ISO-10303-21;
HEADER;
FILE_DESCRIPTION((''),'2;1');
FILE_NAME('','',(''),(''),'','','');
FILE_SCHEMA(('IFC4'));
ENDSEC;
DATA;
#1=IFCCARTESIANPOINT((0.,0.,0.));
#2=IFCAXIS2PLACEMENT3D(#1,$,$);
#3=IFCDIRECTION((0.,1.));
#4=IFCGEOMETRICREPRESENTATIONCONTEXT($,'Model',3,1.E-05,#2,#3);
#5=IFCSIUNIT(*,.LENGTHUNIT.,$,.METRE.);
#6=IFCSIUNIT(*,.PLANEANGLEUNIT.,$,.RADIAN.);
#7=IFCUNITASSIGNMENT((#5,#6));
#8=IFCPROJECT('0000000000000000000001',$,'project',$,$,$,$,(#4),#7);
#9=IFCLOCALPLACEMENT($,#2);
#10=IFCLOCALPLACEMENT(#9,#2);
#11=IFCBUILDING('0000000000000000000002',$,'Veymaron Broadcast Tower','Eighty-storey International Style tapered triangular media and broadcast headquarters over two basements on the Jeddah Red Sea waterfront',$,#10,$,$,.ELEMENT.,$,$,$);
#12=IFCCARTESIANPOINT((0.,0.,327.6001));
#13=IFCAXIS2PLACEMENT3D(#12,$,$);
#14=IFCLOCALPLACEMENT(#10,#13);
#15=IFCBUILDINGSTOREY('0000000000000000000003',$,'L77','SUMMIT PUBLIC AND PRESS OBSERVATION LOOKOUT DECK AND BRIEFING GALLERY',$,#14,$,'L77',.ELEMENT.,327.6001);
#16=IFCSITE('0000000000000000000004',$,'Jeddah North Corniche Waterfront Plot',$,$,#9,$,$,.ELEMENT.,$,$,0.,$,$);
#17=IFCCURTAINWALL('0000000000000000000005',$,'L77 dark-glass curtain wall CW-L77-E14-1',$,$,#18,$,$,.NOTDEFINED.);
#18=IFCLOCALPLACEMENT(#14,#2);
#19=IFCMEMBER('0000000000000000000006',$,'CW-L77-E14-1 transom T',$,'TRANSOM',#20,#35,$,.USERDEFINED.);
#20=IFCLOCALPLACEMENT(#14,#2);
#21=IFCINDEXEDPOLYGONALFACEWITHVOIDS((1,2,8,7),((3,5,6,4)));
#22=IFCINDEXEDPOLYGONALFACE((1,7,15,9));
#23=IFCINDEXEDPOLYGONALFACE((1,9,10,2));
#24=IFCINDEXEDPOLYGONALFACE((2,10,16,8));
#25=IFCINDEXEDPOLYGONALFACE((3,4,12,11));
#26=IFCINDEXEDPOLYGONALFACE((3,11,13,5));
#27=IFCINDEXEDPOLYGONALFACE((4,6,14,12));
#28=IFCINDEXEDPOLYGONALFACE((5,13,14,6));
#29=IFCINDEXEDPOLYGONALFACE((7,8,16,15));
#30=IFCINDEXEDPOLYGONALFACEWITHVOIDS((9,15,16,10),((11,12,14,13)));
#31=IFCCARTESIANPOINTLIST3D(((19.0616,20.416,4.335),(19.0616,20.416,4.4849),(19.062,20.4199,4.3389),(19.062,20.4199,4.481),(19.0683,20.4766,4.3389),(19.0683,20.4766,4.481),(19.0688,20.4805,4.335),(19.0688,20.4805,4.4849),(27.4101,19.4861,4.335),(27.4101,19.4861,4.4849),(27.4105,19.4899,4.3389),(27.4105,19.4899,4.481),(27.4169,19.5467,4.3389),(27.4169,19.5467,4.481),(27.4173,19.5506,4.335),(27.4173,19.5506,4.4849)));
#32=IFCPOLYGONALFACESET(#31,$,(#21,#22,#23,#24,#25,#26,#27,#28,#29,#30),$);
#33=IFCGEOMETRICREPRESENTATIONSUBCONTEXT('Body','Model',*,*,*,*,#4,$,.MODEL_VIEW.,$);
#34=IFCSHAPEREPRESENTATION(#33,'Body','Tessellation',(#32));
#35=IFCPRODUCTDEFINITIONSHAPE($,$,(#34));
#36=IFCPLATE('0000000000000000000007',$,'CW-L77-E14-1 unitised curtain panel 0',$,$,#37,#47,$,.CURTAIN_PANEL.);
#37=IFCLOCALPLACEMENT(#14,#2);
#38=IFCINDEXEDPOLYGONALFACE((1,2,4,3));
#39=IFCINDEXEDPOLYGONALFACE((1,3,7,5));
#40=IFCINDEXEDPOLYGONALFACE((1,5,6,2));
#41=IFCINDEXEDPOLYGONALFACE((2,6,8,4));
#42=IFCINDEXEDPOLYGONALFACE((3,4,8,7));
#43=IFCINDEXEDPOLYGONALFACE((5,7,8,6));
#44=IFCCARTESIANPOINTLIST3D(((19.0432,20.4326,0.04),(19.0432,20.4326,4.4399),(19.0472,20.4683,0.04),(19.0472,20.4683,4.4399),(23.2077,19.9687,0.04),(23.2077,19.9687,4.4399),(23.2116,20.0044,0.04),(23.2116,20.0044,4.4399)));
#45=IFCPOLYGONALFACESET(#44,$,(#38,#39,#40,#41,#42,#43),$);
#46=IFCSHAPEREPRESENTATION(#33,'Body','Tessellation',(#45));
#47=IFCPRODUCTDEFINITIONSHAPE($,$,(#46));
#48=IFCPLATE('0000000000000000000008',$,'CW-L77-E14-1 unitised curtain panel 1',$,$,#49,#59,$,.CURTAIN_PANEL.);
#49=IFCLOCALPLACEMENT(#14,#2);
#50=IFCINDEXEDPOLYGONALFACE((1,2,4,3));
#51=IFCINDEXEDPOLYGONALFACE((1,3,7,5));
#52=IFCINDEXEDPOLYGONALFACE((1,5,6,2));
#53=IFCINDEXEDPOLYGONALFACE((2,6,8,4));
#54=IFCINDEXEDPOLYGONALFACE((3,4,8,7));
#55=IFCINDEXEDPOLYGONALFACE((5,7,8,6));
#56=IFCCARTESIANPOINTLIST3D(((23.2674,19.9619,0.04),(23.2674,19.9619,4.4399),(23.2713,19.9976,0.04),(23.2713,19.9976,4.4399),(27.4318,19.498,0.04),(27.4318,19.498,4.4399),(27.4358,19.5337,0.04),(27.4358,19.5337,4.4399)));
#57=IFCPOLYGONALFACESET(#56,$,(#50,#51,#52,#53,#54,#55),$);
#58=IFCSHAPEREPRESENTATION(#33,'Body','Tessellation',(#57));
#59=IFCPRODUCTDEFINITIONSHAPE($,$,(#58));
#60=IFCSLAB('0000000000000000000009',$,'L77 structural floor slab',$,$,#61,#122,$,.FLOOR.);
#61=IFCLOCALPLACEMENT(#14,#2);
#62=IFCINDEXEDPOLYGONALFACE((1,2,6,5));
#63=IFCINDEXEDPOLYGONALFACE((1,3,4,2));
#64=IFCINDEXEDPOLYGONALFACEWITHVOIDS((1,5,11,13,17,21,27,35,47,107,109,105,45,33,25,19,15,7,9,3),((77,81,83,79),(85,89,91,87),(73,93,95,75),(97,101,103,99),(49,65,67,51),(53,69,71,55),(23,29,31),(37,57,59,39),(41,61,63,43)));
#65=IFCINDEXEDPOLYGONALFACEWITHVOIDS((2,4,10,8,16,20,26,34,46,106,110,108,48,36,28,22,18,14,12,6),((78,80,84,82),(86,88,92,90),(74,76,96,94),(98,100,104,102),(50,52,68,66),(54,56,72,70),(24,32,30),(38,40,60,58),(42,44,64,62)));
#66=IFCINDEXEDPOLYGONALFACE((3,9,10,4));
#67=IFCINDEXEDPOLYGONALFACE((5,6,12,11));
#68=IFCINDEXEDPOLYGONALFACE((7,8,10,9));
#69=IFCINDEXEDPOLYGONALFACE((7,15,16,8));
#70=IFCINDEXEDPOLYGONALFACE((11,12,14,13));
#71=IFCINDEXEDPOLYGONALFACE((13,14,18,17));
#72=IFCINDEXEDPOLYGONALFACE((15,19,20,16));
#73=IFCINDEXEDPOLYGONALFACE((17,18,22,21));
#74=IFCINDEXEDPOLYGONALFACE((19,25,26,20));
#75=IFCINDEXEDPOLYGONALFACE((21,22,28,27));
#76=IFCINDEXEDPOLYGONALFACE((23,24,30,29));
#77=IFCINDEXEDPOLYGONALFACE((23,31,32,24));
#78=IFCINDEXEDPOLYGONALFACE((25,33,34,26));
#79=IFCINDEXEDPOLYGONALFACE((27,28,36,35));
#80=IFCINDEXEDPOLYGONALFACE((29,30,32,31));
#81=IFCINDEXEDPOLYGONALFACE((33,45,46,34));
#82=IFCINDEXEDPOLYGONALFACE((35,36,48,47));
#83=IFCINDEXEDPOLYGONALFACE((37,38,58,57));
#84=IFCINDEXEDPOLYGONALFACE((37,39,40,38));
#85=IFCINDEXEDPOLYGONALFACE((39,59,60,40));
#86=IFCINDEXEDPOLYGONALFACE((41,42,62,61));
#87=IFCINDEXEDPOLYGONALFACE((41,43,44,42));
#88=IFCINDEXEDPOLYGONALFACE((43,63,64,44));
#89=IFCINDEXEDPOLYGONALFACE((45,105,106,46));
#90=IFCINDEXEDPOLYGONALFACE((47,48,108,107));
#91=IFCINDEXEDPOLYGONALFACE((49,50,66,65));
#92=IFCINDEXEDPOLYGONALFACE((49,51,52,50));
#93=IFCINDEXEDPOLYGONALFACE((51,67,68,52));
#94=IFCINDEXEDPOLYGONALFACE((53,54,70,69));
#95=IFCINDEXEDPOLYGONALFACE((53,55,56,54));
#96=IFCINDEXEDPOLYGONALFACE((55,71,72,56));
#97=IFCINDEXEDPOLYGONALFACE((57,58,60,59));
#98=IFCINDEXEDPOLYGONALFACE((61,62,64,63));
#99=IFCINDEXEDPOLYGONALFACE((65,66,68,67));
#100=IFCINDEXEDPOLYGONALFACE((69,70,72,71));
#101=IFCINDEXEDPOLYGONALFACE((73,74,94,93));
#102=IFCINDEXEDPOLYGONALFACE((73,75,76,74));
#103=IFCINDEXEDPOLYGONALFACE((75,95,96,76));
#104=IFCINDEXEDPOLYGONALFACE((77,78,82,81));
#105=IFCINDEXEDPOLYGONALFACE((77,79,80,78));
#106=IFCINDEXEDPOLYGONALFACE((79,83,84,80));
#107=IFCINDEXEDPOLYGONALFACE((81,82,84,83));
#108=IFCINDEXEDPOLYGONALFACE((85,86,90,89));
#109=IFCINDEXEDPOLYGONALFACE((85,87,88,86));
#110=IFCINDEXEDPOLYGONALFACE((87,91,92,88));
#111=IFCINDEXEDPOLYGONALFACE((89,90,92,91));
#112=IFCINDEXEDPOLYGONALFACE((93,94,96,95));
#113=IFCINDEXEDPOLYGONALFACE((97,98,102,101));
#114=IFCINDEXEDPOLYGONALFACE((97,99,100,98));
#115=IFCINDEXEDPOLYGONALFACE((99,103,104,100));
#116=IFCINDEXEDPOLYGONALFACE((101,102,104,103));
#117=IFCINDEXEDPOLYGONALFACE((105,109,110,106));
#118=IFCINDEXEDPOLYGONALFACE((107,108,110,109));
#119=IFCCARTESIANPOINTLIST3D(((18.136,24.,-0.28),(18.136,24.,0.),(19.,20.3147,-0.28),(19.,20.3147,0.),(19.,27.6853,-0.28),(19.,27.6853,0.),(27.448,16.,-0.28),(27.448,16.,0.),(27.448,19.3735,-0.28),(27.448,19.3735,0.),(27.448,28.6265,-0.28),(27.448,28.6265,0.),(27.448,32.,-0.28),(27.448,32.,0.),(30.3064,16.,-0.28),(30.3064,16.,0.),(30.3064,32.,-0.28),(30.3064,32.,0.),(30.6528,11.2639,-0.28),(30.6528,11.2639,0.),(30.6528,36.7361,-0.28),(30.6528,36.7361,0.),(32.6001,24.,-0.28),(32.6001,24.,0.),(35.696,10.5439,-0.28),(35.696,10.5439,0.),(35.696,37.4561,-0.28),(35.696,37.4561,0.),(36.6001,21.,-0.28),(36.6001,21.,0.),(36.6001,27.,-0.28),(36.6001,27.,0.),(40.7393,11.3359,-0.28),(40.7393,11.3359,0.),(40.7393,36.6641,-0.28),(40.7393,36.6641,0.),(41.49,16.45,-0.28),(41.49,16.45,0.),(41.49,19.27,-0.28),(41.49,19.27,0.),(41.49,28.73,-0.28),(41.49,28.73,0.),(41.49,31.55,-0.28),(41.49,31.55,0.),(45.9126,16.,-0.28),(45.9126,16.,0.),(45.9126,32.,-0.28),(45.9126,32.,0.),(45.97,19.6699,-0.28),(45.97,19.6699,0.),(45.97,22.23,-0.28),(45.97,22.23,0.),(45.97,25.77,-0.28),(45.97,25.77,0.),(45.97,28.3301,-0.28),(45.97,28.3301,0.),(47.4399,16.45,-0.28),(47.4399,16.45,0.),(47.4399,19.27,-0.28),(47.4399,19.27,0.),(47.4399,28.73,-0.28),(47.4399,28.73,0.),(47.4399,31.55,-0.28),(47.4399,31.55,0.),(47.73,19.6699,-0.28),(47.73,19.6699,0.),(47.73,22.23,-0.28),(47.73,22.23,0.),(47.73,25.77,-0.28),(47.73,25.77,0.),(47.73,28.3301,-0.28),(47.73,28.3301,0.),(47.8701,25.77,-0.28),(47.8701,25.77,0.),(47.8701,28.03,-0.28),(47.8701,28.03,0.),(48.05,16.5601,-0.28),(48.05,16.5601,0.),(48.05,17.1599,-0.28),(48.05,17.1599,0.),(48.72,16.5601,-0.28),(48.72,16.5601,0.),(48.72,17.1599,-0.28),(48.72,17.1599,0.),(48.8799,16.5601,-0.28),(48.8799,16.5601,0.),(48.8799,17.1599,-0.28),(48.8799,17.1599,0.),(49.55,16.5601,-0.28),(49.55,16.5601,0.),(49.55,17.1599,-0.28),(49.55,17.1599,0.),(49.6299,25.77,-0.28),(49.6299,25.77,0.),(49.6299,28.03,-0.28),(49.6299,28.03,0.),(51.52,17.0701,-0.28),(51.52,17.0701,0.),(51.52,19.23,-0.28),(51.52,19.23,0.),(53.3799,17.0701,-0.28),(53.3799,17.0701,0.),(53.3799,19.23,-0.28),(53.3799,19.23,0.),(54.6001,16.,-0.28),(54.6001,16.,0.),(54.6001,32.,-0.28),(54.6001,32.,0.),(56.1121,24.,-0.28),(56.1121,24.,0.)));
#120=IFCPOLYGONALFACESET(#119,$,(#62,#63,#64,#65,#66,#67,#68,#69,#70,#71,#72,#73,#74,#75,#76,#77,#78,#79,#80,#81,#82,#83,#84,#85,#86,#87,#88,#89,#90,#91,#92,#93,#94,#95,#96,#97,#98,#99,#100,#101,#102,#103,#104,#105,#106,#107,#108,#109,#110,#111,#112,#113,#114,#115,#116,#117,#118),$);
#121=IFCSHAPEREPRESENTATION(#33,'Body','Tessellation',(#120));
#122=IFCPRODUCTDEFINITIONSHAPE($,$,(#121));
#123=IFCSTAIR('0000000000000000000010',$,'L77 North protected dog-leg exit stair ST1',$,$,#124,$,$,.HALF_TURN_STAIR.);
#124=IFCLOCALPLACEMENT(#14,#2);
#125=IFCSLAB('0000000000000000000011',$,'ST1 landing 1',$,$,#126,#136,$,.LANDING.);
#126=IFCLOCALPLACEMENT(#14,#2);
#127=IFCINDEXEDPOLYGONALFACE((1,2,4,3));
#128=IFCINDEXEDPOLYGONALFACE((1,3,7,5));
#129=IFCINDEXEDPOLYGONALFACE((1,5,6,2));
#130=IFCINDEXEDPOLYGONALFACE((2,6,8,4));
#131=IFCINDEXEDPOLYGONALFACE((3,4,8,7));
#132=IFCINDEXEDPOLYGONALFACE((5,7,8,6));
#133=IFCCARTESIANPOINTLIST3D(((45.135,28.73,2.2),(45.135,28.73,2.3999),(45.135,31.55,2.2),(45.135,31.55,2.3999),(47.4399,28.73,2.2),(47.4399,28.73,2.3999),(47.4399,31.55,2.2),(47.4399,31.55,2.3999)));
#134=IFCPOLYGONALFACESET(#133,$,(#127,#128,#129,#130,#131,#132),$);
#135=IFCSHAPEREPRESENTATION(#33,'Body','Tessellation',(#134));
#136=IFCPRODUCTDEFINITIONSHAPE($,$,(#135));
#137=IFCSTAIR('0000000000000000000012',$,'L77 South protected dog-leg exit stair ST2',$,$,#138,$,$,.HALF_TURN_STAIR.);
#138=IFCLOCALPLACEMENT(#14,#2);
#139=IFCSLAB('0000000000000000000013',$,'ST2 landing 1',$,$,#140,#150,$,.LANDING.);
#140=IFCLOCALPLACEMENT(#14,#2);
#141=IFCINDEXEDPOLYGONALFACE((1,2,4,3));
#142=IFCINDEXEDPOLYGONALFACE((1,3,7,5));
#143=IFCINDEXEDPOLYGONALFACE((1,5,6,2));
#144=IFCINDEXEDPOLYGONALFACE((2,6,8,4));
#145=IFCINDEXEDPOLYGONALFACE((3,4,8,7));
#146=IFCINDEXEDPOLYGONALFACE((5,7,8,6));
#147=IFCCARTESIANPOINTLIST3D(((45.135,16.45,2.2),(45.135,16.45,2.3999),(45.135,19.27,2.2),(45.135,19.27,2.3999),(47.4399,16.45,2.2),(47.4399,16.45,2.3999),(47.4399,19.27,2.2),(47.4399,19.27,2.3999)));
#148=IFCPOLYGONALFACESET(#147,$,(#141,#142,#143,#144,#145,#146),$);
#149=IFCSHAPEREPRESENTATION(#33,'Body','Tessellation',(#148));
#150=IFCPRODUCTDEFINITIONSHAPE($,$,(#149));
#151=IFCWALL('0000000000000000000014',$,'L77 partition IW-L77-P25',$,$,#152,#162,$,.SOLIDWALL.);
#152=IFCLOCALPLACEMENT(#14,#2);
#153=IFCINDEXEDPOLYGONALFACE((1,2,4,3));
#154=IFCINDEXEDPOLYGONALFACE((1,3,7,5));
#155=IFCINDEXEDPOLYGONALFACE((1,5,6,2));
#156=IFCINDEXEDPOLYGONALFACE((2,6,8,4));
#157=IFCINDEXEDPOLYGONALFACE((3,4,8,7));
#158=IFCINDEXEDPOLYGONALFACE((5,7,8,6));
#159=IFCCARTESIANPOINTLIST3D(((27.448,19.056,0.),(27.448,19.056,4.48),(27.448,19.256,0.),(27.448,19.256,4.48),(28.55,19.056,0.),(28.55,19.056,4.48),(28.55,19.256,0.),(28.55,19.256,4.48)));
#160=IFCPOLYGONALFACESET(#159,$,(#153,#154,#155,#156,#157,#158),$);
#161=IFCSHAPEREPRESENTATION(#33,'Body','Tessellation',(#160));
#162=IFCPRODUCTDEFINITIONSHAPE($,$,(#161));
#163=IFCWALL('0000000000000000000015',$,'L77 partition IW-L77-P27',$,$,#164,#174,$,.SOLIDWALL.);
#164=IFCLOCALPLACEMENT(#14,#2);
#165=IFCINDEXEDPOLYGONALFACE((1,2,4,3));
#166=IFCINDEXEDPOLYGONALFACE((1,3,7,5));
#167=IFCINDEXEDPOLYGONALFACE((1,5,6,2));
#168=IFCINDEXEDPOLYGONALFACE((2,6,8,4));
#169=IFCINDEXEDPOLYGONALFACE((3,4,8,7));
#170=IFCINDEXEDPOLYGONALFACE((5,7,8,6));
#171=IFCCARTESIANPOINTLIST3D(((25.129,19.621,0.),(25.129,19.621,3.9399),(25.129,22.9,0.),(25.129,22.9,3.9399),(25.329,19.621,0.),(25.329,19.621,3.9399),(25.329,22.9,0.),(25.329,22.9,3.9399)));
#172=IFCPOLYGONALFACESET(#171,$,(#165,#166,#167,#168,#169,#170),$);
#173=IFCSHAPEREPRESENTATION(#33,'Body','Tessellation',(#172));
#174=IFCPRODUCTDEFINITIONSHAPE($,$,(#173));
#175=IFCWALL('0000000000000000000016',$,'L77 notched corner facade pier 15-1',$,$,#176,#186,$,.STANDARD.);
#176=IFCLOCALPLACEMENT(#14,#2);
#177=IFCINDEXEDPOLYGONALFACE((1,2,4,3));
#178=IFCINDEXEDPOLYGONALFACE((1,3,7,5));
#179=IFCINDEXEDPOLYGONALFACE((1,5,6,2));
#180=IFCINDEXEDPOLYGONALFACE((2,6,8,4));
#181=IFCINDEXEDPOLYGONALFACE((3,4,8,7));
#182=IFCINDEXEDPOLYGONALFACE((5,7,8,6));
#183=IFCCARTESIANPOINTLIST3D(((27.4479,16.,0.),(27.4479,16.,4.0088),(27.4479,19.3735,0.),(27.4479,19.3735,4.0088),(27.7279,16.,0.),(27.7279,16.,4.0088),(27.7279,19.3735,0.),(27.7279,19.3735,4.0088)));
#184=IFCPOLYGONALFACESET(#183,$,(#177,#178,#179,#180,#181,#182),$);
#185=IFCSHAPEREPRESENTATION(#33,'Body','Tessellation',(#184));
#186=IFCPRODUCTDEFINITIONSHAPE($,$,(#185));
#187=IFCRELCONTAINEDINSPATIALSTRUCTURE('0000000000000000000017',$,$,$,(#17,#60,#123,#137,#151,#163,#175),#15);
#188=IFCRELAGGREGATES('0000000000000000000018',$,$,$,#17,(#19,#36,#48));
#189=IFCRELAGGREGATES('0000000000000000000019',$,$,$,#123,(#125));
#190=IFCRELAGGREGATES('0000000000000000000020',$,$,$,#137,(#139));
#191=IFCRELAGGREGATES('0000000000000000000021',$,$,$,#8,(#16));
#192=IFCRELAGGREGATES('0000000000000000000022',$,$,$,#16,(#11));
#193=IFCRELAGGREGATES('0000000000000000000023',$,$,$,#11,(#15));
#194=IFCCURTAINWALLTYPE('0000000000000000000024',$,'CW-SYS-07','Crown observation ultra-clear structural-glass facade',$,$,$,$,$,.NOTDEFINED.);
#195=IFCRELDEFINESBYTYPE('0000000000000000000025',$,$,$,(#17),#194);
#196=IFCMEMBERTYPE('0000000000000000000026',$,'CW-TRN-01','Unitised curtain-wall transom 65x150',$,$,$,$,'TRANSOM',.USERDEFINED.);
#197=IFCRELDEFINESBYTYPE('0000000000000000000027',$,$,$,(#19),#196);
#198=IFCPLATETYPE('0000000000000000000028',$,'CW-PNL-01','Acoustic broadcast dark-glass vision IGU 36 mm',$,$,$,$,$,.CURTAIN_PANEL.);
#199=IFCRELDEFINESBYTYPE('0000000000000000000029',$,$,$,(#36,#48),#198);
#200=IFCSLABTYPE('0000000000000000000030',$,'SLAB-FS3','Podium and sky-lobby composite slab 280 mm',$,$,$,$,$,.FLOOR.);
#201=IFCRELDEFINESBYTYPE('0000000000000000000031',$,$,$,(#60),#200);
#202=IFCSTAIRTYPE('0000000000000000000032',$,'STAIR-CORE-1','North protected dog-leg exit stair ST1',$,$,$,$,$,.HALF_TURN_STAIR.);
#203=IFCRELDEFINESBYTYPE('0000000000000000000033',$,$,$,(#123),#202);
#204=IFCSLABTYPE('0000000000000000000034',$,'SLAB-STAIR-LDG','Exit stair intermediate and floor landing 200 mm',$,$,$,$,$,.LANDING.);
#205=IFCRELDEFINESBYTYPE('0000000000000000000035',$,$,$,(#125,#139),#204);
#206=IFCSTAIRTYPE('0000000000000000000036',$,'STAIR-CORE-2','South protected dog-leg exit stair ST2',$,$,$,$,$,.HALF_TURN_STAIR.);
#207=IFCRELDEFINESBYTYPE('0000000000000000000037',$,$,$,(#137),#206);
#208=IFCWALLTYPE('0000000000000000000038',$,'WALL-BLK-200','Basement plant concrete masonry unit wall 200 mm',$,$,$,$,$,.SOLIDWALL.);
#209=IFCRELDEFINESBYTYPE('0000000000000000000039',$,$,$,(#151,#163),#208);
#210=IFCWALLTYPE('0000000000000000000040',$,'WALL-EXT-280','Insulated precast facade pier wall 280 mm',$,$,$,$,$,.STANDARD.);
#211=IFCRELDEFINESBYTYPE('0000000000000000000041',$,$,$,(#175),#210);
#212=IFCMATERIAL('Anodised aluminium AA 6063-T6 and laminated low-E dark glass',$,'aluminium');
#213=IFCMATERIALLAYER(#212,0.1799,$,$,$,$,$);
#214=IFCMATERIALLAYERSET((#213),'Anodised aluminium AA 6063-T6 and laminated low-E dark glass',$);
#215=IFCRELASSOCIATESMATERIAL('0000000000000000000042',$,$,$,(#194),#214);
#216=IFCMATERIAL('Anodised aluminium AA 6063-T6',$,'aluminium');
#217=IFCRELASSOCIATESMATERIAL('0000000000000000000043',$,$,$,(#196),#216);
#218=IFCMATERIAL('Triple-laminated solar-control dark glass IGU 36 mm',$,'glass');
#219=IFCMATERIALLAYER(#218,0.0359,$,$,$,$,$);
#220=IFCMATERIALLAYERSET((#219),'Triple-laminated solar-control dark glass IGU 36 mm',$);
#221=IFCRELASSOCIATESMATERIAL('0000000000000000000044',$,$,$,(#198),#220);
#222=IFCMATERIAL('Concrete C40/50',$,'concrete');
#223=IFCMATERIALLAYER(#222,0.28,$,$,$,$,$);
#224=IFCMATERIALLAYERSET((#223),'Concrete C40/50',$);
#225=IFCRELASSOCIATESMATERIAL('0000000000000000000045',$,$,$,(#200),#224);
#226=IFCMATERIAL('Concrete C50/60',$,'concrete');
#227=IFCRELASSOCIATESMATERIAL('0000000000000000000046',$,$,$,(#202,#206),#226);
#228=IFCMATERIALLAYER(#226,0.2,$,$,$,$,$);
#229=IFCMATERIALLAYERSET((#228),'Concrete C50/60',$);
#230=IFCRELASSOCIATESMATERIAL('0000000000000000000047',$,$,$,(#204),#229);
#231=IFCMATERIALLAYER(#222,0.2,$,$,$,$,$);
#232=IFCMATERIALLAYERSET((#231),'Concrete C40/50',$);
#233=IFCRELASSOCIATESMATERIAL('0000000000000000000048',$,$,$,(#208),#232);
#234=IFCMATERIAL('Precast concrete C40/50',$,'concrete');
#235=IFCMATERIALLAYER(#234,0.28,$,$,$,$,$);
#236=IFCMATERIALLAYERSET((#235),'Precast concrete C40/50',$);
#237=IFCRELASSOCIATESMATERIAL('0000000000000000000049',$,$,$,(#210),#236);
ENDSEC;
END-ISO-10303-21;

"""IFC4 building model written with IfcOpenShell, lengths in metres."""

from ifc_helpers import new_model, si_unit, direction, frame, frame_2d, origin, origin_2d, place, context, subcontext, project, spatial, polyline, rectangle, hollow_rectangle, outline, extrude, material, layer, layer_set, material_profile, profile_set, type_object, element, aggregate, save


model = new_model("IFC4")

# Units and contexts
model_context = context("Model", 3, precision=1e-05, world=origin(), true_north=direction((0.0, 1.0)))
body_context = subcontext(model_context, "Body", "Model", "MODEL_VIEW")
ifc_project = project(units=[si_unit("LENGTHUNIT", "METRE"), si_unit("PLANEANGLEUNIT", "RADIAN")], contexts=[model_context])

# Site, building, storey
site_placement = place(None, origin())
site = spatial("IfcSite", under=ifc_project, at=site_placement, Name="Jeddah North Corniche Waterfront Plot", CompositionType="ELEMENT", RefElevation=0.0)
building_placement = place(site_placement, origin())
building = spatial("IfcBuilding", under=site, at=building_placement, Name="Veymaron Broadcast Tower", Description="Eighty-storey International Style tapered triangular media and broadcast headquarters over two basements on the Jeddah Red Sea waterfront", CompositionType="ELEMENT")
storey_placement = place(building_placement, frame((0.0, 0.0, 327.6001)))
storey = spatial("IfcBuildingStorey", under=building, at=storey_placement, Name="L77", Description="SUMMIT PUBLIC AND PRESS OBSERVATION LOOKOUT DECK AND BRIEFING GALLERY", LongName="L77", CompositionType="ELEMENT", Elevation=327.6001)

# Curtain wall, member, plates
ifc_material_1 = material(Name="Anodised aluminium AA 6063-T6 and laminated low-E dark glass", Category="aluminium")
ifc_layer_1 = layer(ifc_material_1, 0.1799)
ifc_layer_set_1 = layer_set([ifc_layer_1], Name="Anodised aluminium AA 6063-T6 and laminated low-E dark glass")
curtain_wall_type = type_object("IfcCurtainWallType", Name="CW-SYS-07", Description="Crown observation ultra-clear structural-glass facade", PredefinedType="NOTDEFINED", material=ifc_layer_set_1)
curtain_wall_placement = place(storey_placement, origin())
curtain_wall = element("IfcCurtainWall", 1, at=curtain_wall_placement, inside=storey, type_object=curtain_wall_type, Name="L77 dark-glass curtain wall CW-L77-E14-1", PredefinedType="NOTDEFINED")
ifc_material_2 = material(Name="Anodised aluminium AA 6063-T6", Category="aluminium")
ifc_material_profile_1 = material_profile(ifc_material_2, hollow_rectangle(XDim=0.0649, YDim=0.1499, WallThickness=0.0039, at=origin_2d()), Name="AL150X65X4")
ifc_profile_set_1 = profile_set([ifc_material_profile_1], Name="Anodised aluminium AA 6063-T6")
member_type_1 = type_object("IfcMemberType", Name="CW-TRN-01", Description="Unitised curtain-wall transom 65x150", ElementType="TRANSOM", PredefinedType="USERDEFINED", material=ifc_profile_set_1)
member_1_placement = place(storey_placement, frame((19.0652, 20.4482, 4.4099), z_axis=(0.993854, -0.110703, 0.0), x_axis=(0.110703, 0.993854, 0.0)))
member_1 = element("IfcMember", 2, at=member_1_placement, type_object=member_type_1, Name="CW-L77-E14-1 transom T", ObjectType="TRANSOM", PredefinedType="USERDEFINED", context=body_context, shape_type="SweptSolid", body=[
    extrude(hollow_rectangle(XDim=0.0649, YDim=0.1499, WallThickness=0.0039, at=origin_2d()), origin(), (0.0, 0.0, 1.0), 8.4001),
])
ifc_material_3 = material(Name="Triple-laminated solar-control dark glass IGU 36 mm", Category="glass")
ifc_layer_2 = layer(ifc_material_3, 0.0359)
ifc_layer_set_2 = layer_set([ifc_layer_2], Name="Triple-laminated solar-control dark glass IGU 36 mm")
plate_type = type_object("IfcPlateType", Name="CW-PNL-01", Description="Acoustic broadcast dark-glass vision IGU 36 mm", PredefinedType="CURTAIN_PANEL", material=ifc_layer_set_2)
plate_1_placement = place(storey_placement, frame((21.1274, 20.2185, 0.04), z_axis=(0.0, 0.0, 1.0), x_axis=(0.993853, -0.110706, 0.0)))
plate_1 = element("IfcPlate", 3, at=plate_1_placement, type_object=plate_type, Name="CW-L77-E14-1 unitised curtain panel 0", PredefinedType="CURTAIN_PANEL", context=body_context, shape_type="SweptSolid", body=[
    extrude(rectangle(XDim=4.1902, YDim=0.0359, at=origin_2d()), origin(), (0.0, 0.0, 1.0), 4.3999),
])
plate_2_placement = place(storey_placement, frame((25.3516, 19.7478, 0.04), z_axis=(0.0, 0.0, 1.0), x_axis=(0.993853, -0.110706, 0.0)))
plate_2 = element("IfcPlate", 4, at=plate_2_placement, type_object=plate_type, Name="CW-L77-E14-1 unitised curtain panel 1", PredefinedType="CURTAIN_PANEL", context=body_context, shape_type="SweptSolid", body=[
    extrude(rectangle(XDim=4.1902, YDim=0.0359, at=origin_2d()), origin(), (0.0, 0.0, 1.0), 4.3999),
])
aggregate(curtain_wall, [member_1, plate_1, plate_2])

# Slab
ifc_material_4 = material(Name="Concrete C40/50", Category="concrete")
ifc_layer_3 = layer(ifc_material_4, 0.28)
ifc_layer_set_3 = layer_set([ifc_layer_3], Name="Concrete C40/50")
slab_type_1 = type_object("IfcSlabType", Name="SLAB-FS3", Description="Podium and sky-lobby composite slab 280 mm", PredefinedType="FLOOR", material=ifc_layer_set_3)
slab_1_placement = place(storey_placement, frame((0.0, 0.0, -0.28)))
element("IfcSlab", 5, at=slab_1_placement, inside=storey, type_object=slab_type_1, Name="L77 structural floor slab", PredefinedType="FLOOR", context=body_context, shape_type="SweptSolid", body=[
    extrude(outline(polyline([(45.9126, 16.0), (54.6001, 16.0), (56.1121, 24.0), (54.6001, 32.0), (45.9126, 32.0), (40.7393, 36.6641), (35.696, 37.4561), (30.6528, 36.7361), (30.3064, 32.0), (27.448, 32.0), (27.448, 28.6265), (19.0, 27.6853), (18.136, 24.0), (19.0, 20.3147), (27.448, 19.3735), (27.448, 16.0), (30.3064, 16.0), (30.6528, 11.2639), (35.696, 10.5439), (40.7393, 11.3359), (45.9126, 16.0)]), holes=[polyline([(45.97, 28.3301), (47.73, 28.3301), (47.73, 25.77), (45.97, 25.77), (45.97, 28.3301)]), polyline([(45.97, 22.23), (47.73, 22.23), (47.73, 19.6699), (45.97, 19.6699), (45.97, 22.23)]), polyline([(47.8701, 28.03), (49.6299, 28.03), (49.6299, 25.77), (47.8701, 25.77), (47.8701, 28.03)]), polyline([(51.52, 19.23), (53.3799, 19.23), (53.3799, 17.0701), (51.52, 17.0701), (51.52, 19.23)]), polyline([(48.05, 17.1599), (48.72, 17.1599), (48.72, 16.5601), (48.05, 16.5601), (48.05, 17.1599)]), polyline([(48.8799, 17.1599), (49.55, 17.1599), (49.55, 16.5601), (48.8799, 16.5601), (48.8799, 17.1599)]), polyline([(36.6001, 27.0), (36.6001, 21.0), (32.6001, 24.0), (36.6001, 27.0)]), polyline([(41.49, 31.55), (47.4399, 31.55), (47.4399, 28.73), (41.49, 28.73), (41.49, 31.55)]), polyline([(41.49, 19.27), (47.4399, 19.27), (47.4399, 16.45), (41.49, 16.45), (41.49, 19.27)])]), origin(), (0.0, 0.0, 1.0), 0.28),
])

# Stairs, slabs
ifc_material_5 = material(Name="Concrete C50/60", Category="concrete")
stair_type_1 = type_object("IfcStairType", Name="STAIR-CORE-1", Description="North protected dog-leg exit stair ST1", PredefinedType="HALF_TURN_STAIR", material=ifc_material_5)
stair_1_placement = place(storey_placement, origin())
stair_1 = element("IfcStair", 6, at=stair_1_placement, inside=storey, type_object=stair_type_1, Name="L77 North protected dog-leg exit stair ST1", PredefinedType="HALF_TURN_STAIR")
ifc_layer_4 = layer(ifc_material_5, 0.2)
ifc_layer_set_4 = layer_set([ifc_layer_4], Name="Concrete C50/60")
slab_type_2 = type_object("IfcSlabType", Name="SLAB-STAIR-LDG", Description="Exit stair intermediate and floor landing 200 mm", PredefinedType="LANDING", material=ifc_layer_set_4)
slab_2_placement = place(storey_placement, frame((0.0, 0.0, 2.2)))
slab_2 = element("IfcSlab", 7, at=slab_2_placement, type_object=slab_type_2, Name="ST1 landing 1", PredefinedType="LANDING", context=body_context, shape_type="SweptSolid", body=[
    extrude(outline(polyline([(45.135, 28.73), (47.4399, 28.73), (47.4399, 31.55), (45.135, 31.55), (45.135, 28.73)])), origin(), (0.0, 0.0, 1.0), 0.2),
])
aggregate(stair_1, [slab_2])
stair_type_2 = type_object("IfcStairType", Name="STAIR-CORE-2", Description="South protected dog-leg exit stair ST2", PredefinedType="HALF_TURN_STAIR", material=ifc_material_5)
stair_2_placement = place(storey_placement, origin())
stair_2 = element("IfcStair", 8, at=stair_2_placement, inside=storey, type_object=stair_type_2, Name="L77 South protected dog-leg exit stair ST2", PredefinedType="HALF_TURN_STAIR")
slab_3_placement = place(storey_placement, frame((0.0, 0.0, 2.2)))
slab_3 = element("IfcSlab", 9, at=slab_3_placement, type_object=slab_type_2, Name="ST2 landing 1", PredefinedType="LANDING", context=body_context, shape_type="SweptSolid", body=[
    extrude(outline(polyline([(45.135, 16.45), (47.4399, 16.45), (47.4399, 19.27), (45.135, 19.27), (45.135, 16.45)])), origin(), (0.0, 0.0, 1.0), 0.2),
])
aggregate(stair_2, [slab_3])

# Walls
ifc_layer_5 = layer(ifc_material_4, 0.2)
ifc_layer_set_5 = layer_set([ifc_layer_5], Name="Concrete C40/50")
wall_type_1 = type_object("IfcWallType", Name="WALL-BLK-200", Description="Basement plant concrete masonry unit wall 200 mm", PredefinedType="SOLIDWALL", material=ifc_layer_set_5)
wall_1_placement = place(storey_placement, frame((27.448, 19.156, 0.0), z_axis=(0.0, 0.0, 1.0), x_axis=(1.0, 0.0, 0.0)))
element("IfcWall", 10, at=wall_1_placement, inside=storey, type_object=wall_type_1, Name="L77 partition IW-L77-P25", PredefinedType="SOLIDWALL", context=body_context, shape_type="SweptSolid", body=[
    extrude(rectangle(XDim=1.1021, YDim=0.2, at=frame_2d((0.551, 0.0))), origin(), (0.0, 0.0, 1.0), 4.48),
])
wall_2_placement = place(storey_placement, frame((25.229, 19.6208, 0.0), z_axis=(0.0, 0.0, 1.0), x_axis=(0.0, 1.0, 0.0)))
element("IfcWall", 11, at=wall_2_placement, inside=storey, type_object=wall_type_1, Name="L77 partition IW-L77-P27", PredefinedType="SOLIDWALL", context=body_context, shape_type="SweptSolid", body=[
    extrude(rectangle(XDim=3.2791, YDim=0.2, at=frame_2d((1.6396, 0.0))), origin(), (0.0, 0.0, 1.0), 3.9399),
])
ifc_material_6 = material(Name="Precast concrete C40/50", Category="concrete")
ifc_layer_6 = layer(ifc_material_6, 0.28)
ifc_layer_set_6 = layer_set([ifc_layer_6], Name="Precast concrete C40/50")
wall_type_2 = type_object("IfcWallType", Name="WALL-EXT-280", Description="Insulated precast facade pier wall 280 mm", PredefinedType="STANDARD", material=ifc_layer_set_6)
wall_3_placement = place(storey_placement, frame((27.5879, 19.3735, 0.0), z_axis=(0.0, 0.0, 1.0), x_axis=(0.0, -1.0, 0.0)))
element("IfcWall", 12, at=wall_3_placement, inside=storey, type_object=wall_type_2, Name="L77 notched corner facade pier 15-1", PredefinedType="STANDARD", context=body_context, shape_type="SweptSolid", body=[
    extrude(rectangle(XDim=3.3735, YDim=0.28, at=frame_2d((1.6868, 0.0))), origin(), (0.0, 0.0, 1.0), 4.0088),
])

save(model, "model.ifc")
